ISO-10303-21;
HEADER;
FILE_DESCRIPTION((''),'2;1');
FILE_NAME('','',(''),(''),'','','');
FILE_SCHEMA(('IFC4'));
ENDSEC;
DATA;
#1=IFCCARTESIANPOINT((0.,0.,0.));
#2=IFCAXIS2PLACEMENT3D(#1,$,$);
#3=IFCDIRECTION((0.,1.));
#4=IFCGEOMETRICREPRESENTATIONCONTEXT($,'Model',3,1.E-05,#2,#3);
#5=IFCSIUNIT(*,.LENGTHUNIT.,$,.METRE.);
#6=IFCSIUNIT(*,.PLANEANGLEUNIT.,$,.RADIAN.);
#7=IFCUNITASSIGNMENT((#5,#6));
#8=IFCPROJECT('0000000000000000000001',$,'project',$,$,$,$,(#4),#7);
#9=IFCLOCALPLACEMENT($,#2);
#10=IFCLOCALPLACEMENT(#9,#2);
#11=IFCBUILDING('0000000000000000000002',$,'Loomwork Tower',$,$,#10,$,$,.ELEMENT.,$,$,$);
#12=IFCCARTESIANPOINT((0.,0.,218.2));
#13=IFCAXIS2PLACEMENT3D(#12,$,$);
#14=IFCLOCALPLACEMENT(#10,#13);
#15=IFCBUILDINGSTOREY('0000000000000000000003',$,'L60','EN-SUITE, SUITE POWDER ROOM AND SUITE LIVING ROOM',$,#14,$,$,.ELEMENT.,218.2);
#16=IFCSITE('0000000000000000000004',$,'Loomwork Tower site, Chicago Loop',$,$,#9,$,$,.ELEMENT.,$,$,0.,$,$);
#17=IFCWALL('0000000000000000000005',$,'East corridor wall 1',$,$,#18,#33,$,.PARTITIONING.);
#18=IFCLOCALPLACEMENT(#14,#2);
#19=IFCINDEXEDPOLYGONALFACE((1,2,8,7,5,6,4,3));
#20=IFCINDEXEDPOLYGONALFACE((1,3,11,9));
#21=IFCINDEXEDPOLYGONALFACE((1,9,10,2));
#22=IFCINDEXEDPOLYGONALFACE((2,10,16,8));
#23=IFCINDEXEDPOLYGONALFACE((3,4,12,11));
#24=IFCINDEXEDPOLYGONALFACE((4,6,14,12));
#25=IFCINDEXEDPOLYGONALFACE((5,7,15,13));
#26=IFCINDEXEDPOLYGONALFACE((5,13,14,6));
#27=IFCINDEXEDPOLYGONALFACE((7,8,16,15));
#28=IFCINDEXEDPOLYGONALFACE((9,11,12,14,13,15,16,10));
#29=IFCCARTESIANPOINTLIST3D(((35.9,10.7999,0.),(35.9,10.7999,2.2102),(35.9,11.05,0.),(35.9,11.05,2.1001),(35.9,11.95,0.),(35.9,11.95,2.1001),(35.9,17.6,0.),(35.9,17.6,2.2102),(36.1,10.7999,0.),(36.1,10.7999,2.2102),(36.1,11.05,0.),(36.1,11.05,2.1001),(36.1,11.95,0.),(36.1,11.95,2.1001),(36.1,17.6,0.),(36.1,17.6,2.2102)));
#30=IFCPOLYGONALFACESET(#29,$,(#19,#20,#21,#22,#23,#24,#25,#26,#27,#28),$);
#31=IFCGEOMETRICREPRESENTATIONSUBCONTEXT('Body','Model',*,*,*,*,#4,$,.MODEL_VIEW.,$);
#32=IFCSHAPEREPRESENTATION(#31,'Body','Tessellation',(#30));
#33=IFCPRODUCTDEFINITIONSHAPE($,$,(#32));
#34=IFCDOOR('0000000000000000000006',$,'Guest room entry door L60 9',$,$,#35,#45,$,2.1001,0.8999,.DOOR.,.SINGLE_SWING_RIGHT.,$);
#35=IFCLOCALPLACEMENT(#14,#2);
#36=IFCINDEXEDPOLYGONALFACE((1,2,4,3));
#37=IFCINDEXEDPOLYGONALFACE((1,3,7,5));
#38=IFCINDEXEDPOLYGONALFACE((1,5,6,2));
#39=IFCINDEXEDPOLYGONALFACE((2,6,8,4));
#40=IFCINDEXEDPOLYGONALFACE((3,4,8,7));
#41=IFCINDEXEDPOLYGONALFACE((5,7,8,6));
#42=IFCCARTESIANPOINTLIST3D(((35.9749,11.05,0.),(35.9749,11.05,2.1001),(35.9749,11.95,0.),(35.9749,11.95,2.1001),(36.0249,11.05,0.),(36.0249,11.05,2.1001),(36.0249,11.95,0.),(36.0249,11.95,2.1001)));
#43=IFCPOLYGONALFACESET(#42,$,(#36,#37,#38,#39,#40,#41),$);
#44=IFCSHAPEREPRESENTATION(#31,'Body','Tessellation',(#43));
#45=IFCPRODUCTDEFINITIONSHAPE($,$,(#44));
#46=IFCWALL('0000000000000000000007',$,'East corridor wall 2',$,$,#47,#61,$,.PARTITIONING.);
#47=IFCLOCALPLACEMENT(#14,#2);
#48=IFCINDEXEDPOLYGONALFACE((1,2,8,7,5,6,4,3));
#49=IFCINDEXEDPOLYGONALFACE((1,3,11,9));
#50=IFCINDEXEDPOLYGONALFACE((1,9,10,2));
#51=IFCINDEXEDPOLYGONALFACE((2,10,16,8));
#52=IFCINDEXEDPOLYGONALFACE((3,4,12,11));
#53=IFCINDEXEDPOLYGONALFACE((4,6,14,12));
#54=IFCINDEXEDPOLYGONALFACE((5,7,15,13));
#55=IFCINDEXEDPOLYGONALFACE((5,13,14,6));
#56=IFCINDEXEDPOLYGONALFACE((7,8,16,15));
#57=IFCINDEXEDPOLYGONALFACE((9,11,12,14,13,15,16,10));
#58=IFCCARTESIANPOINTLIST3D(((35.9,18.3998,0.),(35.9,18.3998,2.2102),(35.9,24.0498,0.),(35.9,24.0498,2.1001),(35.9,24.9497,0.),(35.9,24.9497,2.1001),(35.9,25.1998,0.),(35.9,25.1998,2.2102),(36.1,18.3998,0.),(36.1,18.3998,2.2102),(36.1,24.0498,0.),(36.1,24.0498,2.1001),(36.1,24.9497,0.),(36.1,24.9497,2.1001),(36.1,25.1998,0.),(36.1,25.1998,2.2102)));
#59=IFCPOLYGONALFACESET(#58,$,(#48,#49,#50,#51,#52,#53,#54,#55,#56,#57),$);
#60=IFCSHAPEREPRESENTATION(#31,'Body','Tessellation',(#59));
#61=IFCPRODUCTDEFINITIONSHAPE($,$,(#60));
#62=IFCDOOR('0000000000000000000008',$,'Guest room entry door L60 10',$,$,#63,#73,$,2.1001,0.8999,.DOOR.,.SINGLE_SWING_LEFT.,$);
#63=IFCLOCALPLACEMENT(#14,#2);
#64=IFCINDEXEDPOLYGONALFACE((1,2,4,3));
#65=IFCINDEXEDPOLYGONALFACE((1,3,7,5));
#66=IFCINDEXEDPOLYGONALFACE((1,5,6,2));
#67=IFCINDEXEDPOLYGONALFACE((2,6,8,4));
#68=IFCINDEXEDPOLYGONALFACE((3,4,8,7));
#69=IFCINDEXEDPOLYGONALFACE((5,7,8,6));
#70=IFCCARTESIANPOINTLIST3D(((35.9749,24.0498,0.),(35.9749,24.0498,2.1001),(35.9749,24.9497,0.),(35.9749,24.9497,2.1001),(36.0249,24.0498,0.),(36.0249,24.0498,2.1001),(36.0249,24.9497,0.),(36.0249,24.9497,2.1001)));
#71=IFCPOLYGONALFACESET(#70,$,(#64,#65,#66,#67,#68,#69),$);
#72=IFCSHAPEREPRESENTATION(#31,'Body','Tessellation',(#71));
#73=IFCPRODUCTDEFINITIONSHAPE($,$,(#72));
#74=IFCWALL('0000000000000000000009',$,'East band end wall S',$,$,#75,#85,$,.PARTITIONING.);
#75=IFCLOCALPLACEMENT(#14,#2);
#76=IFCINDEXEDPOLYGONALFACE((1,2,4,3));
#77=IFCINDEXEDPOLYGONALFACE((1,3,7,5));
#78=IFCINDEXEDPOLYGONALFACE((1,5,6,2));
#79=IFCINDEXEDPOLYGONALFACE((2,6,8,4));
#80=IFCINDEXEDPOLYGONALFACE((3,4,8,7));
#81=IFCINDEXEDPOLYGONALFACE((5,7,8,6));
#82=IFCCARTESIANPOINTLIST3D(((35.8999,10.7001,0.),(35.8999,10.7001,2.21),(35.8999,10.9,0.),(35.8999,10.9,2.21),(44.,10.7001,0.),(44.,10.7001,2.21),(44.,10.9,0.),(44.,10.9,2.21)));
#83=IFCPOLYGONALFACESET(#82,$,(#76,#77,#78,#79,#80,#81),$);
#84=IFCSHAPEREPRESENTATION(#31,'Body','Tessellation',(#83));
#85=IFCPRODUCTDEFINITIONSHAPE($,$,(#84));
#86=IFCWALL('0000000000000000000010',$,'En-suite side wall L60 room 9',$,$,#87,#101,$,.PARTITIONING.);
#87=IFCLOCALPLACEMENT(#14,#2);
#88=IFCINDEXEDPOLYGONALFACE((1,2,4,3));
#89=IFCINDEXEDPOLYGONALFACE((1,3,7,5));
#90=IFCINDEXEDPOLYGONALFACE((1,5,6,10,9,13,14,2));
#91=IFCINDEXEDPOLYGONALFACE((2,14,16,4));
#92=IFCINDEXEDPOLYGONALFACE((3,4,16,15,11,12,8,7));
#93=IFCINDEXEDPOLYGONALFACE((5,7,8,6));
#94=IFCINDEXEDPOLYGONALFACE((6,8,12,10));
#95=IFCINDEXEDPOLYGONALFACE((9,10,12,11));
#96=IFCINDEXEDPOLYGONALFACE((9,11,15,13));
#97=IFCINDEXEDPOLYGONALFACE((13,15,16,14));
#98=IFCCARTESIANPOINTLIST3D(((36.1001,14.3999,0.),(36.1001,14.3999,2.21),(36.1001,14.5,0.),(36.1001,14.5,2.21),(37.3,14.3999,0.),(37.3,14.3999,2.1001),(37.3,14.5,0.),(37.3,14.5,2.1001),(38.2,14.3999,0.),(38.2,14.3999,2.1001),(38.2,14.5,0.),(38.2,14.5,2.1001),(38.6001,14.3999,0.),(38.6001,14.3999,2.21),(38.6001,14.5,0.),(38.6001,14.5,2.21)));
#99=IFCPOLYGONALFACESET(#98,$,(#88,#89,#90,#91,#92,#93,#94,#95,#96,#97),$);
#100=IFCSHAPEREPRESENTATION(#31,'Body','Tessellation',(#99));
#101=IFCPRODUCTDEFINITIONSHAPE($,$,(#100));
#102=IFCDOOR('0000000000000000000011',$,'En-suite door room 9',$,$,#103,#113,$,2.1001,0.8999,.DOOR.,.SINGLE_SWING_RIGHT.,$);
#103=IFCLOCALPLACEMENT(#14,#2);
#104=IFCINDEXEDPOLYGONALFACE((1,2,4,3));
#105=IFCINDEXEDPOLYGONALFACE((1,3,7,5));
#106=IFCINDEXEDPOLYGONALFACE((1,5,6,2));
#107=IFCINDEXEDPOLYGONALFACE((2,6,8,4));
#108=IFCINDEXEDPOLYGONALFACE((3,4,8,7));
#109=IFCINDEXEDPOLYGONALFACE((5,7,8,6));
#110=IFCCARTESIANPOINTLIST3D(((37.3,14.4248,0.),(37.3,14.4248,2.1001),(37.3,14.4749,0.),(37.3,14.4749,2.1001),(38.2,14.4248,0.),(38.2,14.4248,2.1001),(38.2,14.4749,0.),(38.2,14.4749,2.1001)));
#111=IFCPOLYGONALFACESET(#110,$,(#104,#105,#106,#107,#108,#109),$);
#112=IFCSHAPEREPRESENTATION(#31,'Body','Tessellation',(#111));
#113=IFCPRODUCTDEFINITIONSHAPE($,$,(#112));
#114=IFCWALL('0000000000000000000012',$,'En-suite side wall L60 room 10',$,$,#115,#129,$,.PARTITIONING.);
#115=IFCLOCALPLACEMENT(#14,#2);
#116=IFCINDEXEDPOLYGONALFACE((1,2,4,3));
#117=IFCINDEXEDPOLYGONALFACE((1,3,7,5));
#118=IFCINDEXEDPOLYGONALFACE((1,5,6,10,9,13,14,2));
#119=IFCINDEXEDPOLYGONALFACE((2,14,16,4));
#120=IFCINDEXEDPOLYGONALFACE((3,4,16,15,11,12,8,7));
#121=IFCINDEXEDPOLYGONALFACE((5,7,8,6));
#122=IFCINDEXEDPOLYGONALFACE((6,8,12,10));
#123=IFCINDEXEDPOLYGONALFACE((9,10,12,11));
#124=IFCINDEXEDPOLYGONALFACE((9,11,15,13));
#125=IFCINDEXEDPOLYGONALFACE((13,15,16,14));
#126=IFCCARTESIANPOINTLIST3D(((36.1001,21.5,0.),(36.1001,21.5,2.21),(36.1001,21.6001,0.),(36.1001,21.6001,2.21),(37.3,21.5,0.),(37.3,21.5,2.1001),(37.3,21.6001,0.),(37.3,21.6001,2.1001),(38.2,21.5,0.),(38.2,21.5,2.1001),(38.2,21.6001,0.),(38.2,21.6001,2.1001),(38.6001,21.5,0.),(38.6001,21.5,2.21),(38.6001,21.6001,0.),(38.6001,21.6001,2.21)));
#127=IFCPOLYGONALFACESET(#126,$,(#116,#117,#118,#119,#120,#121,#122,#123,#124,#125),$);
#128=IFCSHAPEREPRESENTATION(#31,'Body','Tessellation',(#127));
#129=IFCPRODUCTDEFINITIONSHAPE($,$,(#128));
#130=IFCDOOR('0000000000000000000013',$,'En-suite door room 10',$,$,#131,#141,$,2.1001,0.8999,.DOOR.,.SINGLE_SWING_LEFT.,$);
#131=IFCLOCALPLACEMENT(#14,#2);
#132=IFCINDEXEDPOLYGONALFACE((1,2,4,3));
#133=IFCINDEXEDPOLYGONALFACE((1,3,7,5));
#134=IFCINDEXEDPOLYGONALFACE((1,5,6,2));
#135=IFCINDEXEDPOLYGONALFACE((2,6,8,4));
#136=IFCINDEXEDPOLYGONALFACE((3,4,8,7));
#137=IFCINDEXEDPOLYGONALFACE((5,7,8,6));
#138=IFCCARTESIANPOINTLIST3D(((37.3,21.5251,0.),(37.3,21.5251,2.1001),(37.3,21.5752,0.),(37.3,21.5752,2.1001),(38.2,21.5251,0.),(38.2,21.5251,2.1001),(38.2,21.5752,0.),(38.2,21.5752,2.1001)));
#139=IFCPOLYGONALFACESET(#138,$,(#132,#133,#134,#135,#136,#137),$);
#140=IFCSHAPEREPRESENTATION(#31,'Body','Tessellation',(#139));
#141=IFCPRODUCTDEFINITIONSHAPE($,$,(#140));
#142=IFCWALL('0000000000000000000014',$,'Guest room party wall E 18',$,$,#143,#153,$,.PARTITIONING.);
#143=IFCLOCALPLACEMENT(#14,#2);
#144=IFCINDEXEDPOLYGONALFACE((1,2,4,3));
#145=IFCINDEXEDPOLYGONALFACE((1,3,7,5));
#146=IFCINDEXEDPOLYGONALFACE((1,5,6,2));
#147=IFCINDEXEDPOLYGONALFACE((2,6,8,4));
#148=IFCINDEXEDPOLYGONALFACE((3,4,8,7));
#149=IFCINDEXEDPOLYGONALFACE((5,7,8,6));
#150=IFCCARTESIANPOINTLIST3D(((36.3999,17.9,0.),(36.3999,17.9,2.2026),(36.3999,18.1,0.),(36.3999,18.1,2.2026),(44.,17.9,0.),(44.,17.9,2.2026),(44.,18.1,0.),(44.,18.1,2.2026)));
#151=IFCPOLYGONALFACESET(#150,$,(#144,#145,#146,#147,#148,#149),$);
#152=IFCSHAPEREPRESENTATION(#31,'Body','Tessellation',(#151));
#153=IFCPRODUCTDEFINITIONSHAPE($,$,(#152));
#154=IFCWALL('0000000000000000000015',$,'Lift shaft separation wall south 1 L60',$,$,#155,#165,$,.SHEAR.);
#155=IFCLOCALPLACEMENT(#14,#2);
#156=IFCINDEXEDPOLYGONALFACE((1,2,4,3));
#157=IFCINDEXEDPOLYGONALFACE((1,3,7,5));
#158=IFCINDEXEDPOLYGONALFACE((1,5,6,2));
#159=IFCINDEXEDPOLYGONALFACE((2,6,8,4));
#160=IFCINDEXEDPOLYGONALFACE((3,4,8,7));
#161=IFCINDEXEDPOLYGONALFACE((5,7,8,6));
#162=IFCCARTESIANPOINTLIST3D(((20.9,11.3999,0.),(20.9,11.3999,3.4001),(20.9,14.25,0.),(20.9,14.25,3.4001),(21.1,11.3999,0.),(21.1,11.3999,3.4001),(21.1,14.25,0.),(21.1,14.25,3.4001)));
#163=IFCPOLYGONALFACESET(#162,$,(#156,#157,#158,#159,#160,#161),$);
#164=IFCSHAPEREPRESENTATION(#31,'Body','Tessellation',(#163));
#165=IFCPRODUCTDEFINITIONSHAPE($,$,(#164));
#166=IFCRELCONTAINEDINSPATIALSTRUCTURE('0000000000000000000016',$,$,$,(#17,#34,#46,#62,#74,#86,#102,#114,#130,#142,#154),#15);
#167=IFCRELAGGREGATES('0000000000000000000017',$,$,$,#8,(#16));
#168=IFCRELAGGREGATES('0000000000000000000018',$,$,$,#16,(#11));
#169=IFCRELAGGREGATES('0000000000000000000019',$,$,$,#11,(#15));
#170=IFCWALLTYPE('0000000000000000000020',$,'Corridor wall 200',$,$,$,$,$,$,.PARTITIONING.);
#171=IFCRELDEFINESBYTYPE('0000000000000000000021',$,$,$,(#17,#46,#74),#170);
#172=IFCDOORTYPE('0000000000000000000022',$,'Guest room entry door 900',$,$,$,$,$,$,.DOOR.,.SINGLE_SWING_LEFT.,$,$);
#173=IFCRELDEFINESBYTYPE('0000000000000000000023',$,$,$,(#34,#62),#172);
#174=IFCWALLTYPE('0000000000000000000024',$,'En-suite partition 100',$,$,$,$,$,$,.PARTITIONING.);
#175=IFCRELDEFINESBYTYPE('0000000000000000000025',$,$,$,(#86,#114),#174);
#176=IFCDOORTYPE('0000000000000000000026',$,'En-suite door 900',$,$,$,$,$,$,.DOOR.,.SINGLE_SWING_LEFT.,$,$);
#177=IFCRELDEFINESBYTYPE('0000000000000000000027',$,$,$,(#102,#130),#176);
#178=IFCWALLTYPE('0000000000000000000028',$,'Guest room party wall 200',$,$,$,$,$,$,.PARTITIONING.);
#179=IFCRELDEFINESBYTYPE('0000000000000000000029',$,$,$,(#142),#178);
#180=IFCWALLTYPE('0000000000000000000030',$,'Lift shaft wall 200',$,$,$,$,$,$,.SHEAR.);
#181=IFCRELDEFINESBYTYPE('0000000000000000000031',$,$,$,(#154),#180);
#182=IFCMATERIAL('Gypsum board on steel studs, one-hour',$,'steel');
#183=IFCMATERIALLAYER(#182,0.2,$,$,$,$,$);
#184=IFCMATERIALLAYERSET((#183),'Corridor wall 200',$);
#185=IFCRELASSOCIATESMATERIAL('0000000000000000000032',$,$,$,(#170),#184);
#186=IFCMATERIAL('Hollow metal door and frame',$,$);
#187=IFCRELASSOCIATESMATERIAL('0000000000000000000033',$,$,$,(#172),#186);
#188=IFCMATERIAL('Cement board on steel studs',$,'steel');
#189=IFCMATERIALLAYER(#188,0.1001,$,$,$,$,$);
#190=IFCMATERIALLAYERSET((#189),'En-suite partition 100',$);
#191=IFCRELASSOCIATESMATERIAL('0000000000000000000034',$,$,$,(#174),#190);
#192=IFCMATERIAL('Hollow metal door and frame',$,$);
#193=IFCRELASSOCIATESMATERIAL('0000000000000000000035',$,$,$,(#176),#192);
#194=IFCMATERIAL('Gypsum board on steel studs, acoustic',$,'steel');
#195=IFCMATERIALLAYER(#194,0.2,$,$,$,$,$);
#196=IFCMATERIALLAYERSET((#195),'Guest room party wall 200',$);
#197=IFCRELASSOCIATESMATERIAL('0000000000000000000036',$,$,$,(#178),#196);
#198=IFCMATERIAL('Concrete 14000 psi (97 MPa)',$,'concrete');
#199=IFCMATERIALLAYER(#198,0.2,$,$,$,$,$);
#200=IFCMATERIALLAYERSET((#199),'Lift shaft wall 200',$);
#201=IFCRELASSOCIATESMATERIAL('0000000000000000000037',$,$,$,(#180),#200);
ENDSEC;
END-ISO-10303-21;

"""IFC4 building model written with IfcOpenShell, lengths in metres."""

from ifc_helpers import new_model, si_unit, direction, frame, frame_2d, origin, place, context, subcontext, project, spatial, rectangle, extrude, material, layer, layer_set, type_object, element, fill, save


model = new_model("IFC4")

# Units and contexts
model_context = context("Model", 3, precision=1e-05, world=origin(), true_north=direction((0.0, 1.0)))
body_context = subcontext(model_context, "Body", "Model", "MODEL_VIEW")
ifc_project = project(units=[si_unit("LENGTHUNIT", "METRE"), si_unit("PLANEANGLEUNIT", "RADIAN")], contexts=[model_context])

# Site, building, storey
site_placement = place(None, origin())
site = spatial("IfcSite", under=ifc_project, at=site_placement, Name="Loomwork Tower site, Chicago Loop", CompositionType="ELEMENT", RefElevation=0.0)
building_placement = place(site_placement, origin())
building = spatial("IfcBuilding", under=site, at=building_placement, Name="Loomwork Tower", CompositionType="ELEMENT")
storey_placement = place(building_placement, frame((0.0, 0.0, 218.2)))
storey = spatial("IfcBuildingStorey", under=building, at=storey_placement, Name="L60", Description="EN-SUITE, SUITE POWDER ROOM AND SUITE LIVING ROOM", CompositionType="ELEMENT", Elevation=218.2)

# Walls, openings, doors
ifc_material_1 = material(Name="Gypsum board on steel studs, one-hour", Category="steel")
ifc_layer_1 = layer(ifc_material_1, 0.2)
ifc_layer_set_1 = layer_set([ifc_layer_1], Name="Corridor wall 200")
wall_type_1 = type_object("IfcWallType", Name="Corridor wall 200", PredefinedType="PARTITIONING", material=ifc_layer_set_1)
wall_1_placement = place(storey_placement, frame((36.0, 10.8, 0.0), z_axis=(0.0, 0.0, 1.0), x_axis=(0.0, 1.0, 0.0)))
wall_1 = element("IfcWall", 1, at=wall_1_placement, inside=storey, type_object=wall_type_1, Name="East corridor wall 1", PredefinedType="PARTITIONING", context=body_context, shape_type="SweptSolid", body=[
    extrude(rectangle(XDim=6.8, YDim=0.2, at=frame_2d((3.3999, 0.0))), origin(), (0.0, 0.0, 1.0), 2.2102),
])
opening_1_placement = place(wall_1_placement, frame((0.25, 0.0, 0.0)))
opening_1 = element("IfcOpeningElement", 2, at=opening_1_placement, cuts=wall_1, PredefinedType="OPENING", context=body_context, shape_type="SweptSolid", body=[
    extrude(rectangle(XDim=0.8999, YDim=2.1001, at=frame_2d((0.45, 1.05))), frame((0.0, 0.1099, 0.0), z_axis=(0.0, -1.0, 0.0), x_axis=(1.0, 0.0, 0.0)), (0.0, 0.0, 1.0), 0.22),
])
ifc_material_2 = material(Name="Hollow metal door and frame")
door_type_1 = type_object("IfcDoorType", Name="Guest room entry door 900", OperationType="SINGLE_SWING_LEFT", PredefinedType="DOOR", material=ifc_material_2)
door_1_placement = place(opening_1_placement, frame((0.8999, 0.0, 0.0), z_axis=(0.0, 0.0, 1.0), x_axis=(-1.0, 0.0, 0.0)))
door_1 = element("IfcDoor", 3, at=door_1_placement, inside=storey, type_object=door_type_1, Name="Guest room entry door L60 9", OperationType="SINGLE_SWING_RIGHT", OverallHeight=2.1001, OverallWidth=0.8999, PredefinedType="DOOR", context=body_context, shape_type="SweptSolid", body=[
    extrude(rectangle(XDim=0.8999, YDim=2.1001, at=frame_2d((0.45, 1.05))), frame((0.0, 0.0249, 0.0), z_axis=(0.0, -1.0, 0.0), x_axis=(1.0, 0.0, 0.0)), (0.0, 0.0, 1.0), 0.05),
])
fill(opening_1, door_1)
wall_2_placement = place(storey_placement, frame((36.0, 18.3999, 0.0), z_axis=(0.0, 0.0, 1.0), x_axis=(0.0, 1.0, 0.0)))
wall_2 = element("IfcWall", 4, at=wall_2_placement, inside=storey, type_object=wall_type_1, Name="East corridor wall 2", PredefinedType="PARTITIONING", context=body_context, shape_type="SweptSolid", body=[
    extrude(rectangle(XDim=6.8, YDim=0.2, at=frame_2d((3.3999, 0.0))), origin(), (0.0, 0.0, 1.0), 2.2102),
])
opening_2_placement = place(wall_2_placement, frame((5.6499, 0.0, 0.0)))
opening_2 = element("IfcOpeningElement", 5, at=opening_2_placement, cuts=wall_2, PredefinedType="OPENING", context=body_context, shape_type="SweptSolid", body=[
    extrude(rectangle(XDim=0.8999, YDim=2.1001, at=frame_2d((0.45, 1.05))), frame((0.0, 0.1099, 0.0), z_axis=(0.0, -1.0, 0.0), x_axis=(1.0, 0.0, 0.0)), (0.0, 0.0, 1.0), 0.22),
])
door_2_placement = place(opening_2_placement, frame((0.8999, 0.0, 0.0), z_axis=(0.0, 0.0, 1.0), x_axis=(-1.0, 0.0, 0.0)))
door_2 = element("IfcDoor", 6, at=door_2_placement, inside=storey, type_object=door_type_1, Name="Guest room entry door L60 10", OperationType="SINGLE_SWING_LEFT", OverallHeight=2.1001, OverallWidth=0.8999, PredefinedType="DOOR", context=body_context, shape_type="SweptSolid", body=[
    extrude(rectangle(XDim=0.8999, YDim=2.1001, at=frame_2d((0.45, 1.05))), frame((0.0, 0.0249, 0.0), z_axis=(0.0, -1.0, 0.0), x_axis=(1.0, 0.0, 0.0)), (0.0, 0.0, 1.0), 0.05),
])
fill(opening_2, door_2)

# Wall
wall_3_placement = place(storey_placement, frame((35.8999, 10.8, 0.0), z_axis=(0.0, 0.0, 1.0), x_axis=(1.0, 0.0, 0.0)))
element("IfcWall", 7, at=wall_3_placement, inside=storey, type_object=wall_type_1, Name="East band end wall S", PredefinedType="PARTITIONING", context=body_context, shape_type="SweptSolid", body=[
    extrude(rectangle(XDim=8.1001, YDim=0.2, at=frame_2d((4.05, 0.0))), origin(), (0.0, 0.0, 1.0), 2.21),
])

# Walls, openings, doors
ifc_material_3 = material(Name="Cement board on steel studs", Category="steel")
ifc_layer_2 = layer(ifc_material_3, 0.1001)
ifc_layer_set_2 = layer_set([ifc_layer_2], Name="En-suite partition 100")
wall_type_2 = type_object("IfcWallType", Name="En-suite partition 100", PredefinedType="PARTITIONING", material=ifc_layer_set_2)
wall_4_placement = place(storey_placement, frame((36.1001, 14.45, 0.0), z_axis=(0.0, 0.0, 1.0), x_axis=(1.0, 0.0, 0.0)))
wall_4 = element("IfcWall", 8, at=wall_4_placement, inside=storey, type_object=wall_type_2, Name="En-suite side wall L60 room 9", PredefinedType="PARTITIONING", context=body_context, shape_type="SweptSolid", body=[
    extrude(rectangle(XDim=2.5, YDim=0.1001, at=frame_2d((1.25, 0.0))), origin(), (0.0, 0.0, 1.0), 2.21),
])
opening_3_placement = place(wall_4_placement, frame((1.2, 0.0, 0.0)))
opening_3 = element("IfcOpeningElement", 9, at=opening_3_placement, cuts=wall_4, PredefinedType="OPENING", context=body_context, shape_type="SweptSolid", body=[
    extrude(rectangle(XDim=0.8999, YDim=2.1001, at=frame_2d((0.45, 1.05))), frame((0.0, 0.0601, 0.0), z_axis=(0.0, -1.0, 0.0), x_axis=(1.0, 0.0, 0.0)), (0.0, 0.0, 1.0), 0.1201),
])
ifc_material_4 = material(Name="Hollow metal door and frame")
door_type_2 = type_object("IfcDoorType", Name="En-suite door 900", OperationType="SINGLE_SWING_LEFT", PredefinedType="DOOR", material=ifc_material_4)
door_3_placement = place(opening_3_placement, origin())
door_3 = element("IfcDoor", 10, at=door_3_placement, inside=storey, type_object=door_type_2, Name="En-suite door room 9", OperationType="SINGLE_SWING_RIGHT", OverallHeight=2.1001, OverallWidth=0.8999, PredefinedType="DOOR", context=body_context, shape_type="SweptSolid", body=[
    extrude(rectangle(XDim=0.8999, YDim=2.1001, at=frame_2d((0.45, 1.05))), frame((0.0, 0.0249, 0.0), z_axis=(0.0, -1.0, 0.0), x_axis=(1.0, 0.0, 0.0)), (0.0, 0.0, 1.0), 0.05),
])
fill(opening_3, door_3)
wall_5_placement = place(storey_placement, frame((36.1001, 21.55, 0.0), z_axis=(0.0, 0.0, 1.0), x_axis=(1.0, 0.0, 0.0)))
wall_5 = element("IfcWall", 11, at=wall_5_placement, inside=storey, type_object=wall_type_2, Name="En-suite side wall L60 room 10", PredefinedType="PARTITIONING", context=body_context, shape_type="SweptSolid", body=[
    extrude(rectangle(XDim=2.5, YDim=0.1001, at=frame_2d((1.25, 0.0))), origin(), (0.0, 0.0, 1.0), 2.21),
])
opening_4_placement = place(wall_5_placement, frame((1.2, 0.0, 0.0)))
opening_4 = element("IfcOpeningElement", 12, at=opening_4_placement, cuts=wall_5, PredefinedType="OPENING", context=body_context, shape_type="SweptSolid", body=[
    extrude(rectangle(XDim=0.8999, YDim=2.1001, at=frame_2d((0.45, 1.05))), frame((0.0, 0.0601, 0.0), z_axis=(0.0, -1.0, 0.0), x_axis=(1.0, 0.0, 0.0)), (0.0, 0.0, 1.0), 0.1201),
])
door_4_placement = place(opening_4_placement, frame((0.8999, 0.0, 0.0), z_axis=(0.0, 0.0, 1.0), x_axis=(-1.0, 0.0, 0.0)))
door_4 = element("IfcDoor", 13, at=door_4_placement, inside=storey, type_object=door_type_2, Name="En-suite door room 10", OperationType="SINGLE_SWING_LEFT", OverallHeight=2.1001, OverallWidth=0.8999, PredefinedType="DOOR", context=body_context, shape_type="SweptSolid", body=[
    extrude(rectangle(XDim=0.8999, YDim=2.1001, at=frame_2d((0.45, 1.05))), frame((0.0, 0.0249, 0.0), z_axis=(0.0, -1.0, 0.0), x_axis=(1.0, 0.0, 0.0)), (0.0, 0.0, 1.0), 0.05),
])
fill(opening_4, door_4)

# Walls
ifc_material_5 = material(Name="Gypsum board on steel studs, acoustic", Category="steel")
ifc_layer_3 = layer(ifc_material_5, 0.2)
ifc_layer_set_3 = layer_set([ifc_layer_3], Name="Guest room party wall 200")
wall_type_3 = type_object("IfcWallType", Name="Guest room party wall 200", PredefinedType="PARTITIONING", material=ifc_layer_set_3)
wall_6_placement = place(storey_placement, frame((36.3999, 18.0, 0.0), z_axis=(0.0, 0.0, 1.0), x_axis=(1.0, 0.0, 0.0)))
element("IfcWall", 14, at=wall_6_placement, inside=storey, type_object=wall_type_3, Name="Guest room party wall E 18", PredefinedType="PARTITIONING", context=body_context, shape_type="SweptSolid", body=[
    extrude(rectangle(XDim=7.6001, YDim=0.2, at=frame_2d((3.8, 0.0))), origin(), (0.0, 0.0, 1.0), 2.2026),
])
ifc_material_6 = material(Name="Concrete 14000 psi (97 MPa)", Category="concrete")
ifc_layer_4 = layer(ifc_material_6, 0.2)
ifc_layer_set_4 = layer_set([ifc_layer_4], Name="Lift shaft wall 200")
wall_type_4 = type_object("IfcWallType", Name="Lift shaft wall 200", PredefinedType="SHEAR", material=ifc_layer_set_4)
for number, where, z_axis, x_axis, name in (
    (15, (21.0, 11.3999, 0.0), (0.0, 0.0, 1.0), (0.0, 1.0, 0.0), "Lift shaft separation wall south 1 L60"),
):
    element("IfcWall", number, at=place(storey_placement, frame(where, z_axis=z_axis, x_axis=x_axis)), inside=storey, type_object=wall_type_4, Name=name, PredefinedType="SHEAR", context=body_context, shape_type="SweptSolid", body=[
        extrude(rectangle(XDim=2.8501, YDim=0.2, at=frame_2d((1.425, 0.0))), origin(), (0.0, 0.0, 1.0), 3.4001),
    ])

save(model, "model.ifc")
